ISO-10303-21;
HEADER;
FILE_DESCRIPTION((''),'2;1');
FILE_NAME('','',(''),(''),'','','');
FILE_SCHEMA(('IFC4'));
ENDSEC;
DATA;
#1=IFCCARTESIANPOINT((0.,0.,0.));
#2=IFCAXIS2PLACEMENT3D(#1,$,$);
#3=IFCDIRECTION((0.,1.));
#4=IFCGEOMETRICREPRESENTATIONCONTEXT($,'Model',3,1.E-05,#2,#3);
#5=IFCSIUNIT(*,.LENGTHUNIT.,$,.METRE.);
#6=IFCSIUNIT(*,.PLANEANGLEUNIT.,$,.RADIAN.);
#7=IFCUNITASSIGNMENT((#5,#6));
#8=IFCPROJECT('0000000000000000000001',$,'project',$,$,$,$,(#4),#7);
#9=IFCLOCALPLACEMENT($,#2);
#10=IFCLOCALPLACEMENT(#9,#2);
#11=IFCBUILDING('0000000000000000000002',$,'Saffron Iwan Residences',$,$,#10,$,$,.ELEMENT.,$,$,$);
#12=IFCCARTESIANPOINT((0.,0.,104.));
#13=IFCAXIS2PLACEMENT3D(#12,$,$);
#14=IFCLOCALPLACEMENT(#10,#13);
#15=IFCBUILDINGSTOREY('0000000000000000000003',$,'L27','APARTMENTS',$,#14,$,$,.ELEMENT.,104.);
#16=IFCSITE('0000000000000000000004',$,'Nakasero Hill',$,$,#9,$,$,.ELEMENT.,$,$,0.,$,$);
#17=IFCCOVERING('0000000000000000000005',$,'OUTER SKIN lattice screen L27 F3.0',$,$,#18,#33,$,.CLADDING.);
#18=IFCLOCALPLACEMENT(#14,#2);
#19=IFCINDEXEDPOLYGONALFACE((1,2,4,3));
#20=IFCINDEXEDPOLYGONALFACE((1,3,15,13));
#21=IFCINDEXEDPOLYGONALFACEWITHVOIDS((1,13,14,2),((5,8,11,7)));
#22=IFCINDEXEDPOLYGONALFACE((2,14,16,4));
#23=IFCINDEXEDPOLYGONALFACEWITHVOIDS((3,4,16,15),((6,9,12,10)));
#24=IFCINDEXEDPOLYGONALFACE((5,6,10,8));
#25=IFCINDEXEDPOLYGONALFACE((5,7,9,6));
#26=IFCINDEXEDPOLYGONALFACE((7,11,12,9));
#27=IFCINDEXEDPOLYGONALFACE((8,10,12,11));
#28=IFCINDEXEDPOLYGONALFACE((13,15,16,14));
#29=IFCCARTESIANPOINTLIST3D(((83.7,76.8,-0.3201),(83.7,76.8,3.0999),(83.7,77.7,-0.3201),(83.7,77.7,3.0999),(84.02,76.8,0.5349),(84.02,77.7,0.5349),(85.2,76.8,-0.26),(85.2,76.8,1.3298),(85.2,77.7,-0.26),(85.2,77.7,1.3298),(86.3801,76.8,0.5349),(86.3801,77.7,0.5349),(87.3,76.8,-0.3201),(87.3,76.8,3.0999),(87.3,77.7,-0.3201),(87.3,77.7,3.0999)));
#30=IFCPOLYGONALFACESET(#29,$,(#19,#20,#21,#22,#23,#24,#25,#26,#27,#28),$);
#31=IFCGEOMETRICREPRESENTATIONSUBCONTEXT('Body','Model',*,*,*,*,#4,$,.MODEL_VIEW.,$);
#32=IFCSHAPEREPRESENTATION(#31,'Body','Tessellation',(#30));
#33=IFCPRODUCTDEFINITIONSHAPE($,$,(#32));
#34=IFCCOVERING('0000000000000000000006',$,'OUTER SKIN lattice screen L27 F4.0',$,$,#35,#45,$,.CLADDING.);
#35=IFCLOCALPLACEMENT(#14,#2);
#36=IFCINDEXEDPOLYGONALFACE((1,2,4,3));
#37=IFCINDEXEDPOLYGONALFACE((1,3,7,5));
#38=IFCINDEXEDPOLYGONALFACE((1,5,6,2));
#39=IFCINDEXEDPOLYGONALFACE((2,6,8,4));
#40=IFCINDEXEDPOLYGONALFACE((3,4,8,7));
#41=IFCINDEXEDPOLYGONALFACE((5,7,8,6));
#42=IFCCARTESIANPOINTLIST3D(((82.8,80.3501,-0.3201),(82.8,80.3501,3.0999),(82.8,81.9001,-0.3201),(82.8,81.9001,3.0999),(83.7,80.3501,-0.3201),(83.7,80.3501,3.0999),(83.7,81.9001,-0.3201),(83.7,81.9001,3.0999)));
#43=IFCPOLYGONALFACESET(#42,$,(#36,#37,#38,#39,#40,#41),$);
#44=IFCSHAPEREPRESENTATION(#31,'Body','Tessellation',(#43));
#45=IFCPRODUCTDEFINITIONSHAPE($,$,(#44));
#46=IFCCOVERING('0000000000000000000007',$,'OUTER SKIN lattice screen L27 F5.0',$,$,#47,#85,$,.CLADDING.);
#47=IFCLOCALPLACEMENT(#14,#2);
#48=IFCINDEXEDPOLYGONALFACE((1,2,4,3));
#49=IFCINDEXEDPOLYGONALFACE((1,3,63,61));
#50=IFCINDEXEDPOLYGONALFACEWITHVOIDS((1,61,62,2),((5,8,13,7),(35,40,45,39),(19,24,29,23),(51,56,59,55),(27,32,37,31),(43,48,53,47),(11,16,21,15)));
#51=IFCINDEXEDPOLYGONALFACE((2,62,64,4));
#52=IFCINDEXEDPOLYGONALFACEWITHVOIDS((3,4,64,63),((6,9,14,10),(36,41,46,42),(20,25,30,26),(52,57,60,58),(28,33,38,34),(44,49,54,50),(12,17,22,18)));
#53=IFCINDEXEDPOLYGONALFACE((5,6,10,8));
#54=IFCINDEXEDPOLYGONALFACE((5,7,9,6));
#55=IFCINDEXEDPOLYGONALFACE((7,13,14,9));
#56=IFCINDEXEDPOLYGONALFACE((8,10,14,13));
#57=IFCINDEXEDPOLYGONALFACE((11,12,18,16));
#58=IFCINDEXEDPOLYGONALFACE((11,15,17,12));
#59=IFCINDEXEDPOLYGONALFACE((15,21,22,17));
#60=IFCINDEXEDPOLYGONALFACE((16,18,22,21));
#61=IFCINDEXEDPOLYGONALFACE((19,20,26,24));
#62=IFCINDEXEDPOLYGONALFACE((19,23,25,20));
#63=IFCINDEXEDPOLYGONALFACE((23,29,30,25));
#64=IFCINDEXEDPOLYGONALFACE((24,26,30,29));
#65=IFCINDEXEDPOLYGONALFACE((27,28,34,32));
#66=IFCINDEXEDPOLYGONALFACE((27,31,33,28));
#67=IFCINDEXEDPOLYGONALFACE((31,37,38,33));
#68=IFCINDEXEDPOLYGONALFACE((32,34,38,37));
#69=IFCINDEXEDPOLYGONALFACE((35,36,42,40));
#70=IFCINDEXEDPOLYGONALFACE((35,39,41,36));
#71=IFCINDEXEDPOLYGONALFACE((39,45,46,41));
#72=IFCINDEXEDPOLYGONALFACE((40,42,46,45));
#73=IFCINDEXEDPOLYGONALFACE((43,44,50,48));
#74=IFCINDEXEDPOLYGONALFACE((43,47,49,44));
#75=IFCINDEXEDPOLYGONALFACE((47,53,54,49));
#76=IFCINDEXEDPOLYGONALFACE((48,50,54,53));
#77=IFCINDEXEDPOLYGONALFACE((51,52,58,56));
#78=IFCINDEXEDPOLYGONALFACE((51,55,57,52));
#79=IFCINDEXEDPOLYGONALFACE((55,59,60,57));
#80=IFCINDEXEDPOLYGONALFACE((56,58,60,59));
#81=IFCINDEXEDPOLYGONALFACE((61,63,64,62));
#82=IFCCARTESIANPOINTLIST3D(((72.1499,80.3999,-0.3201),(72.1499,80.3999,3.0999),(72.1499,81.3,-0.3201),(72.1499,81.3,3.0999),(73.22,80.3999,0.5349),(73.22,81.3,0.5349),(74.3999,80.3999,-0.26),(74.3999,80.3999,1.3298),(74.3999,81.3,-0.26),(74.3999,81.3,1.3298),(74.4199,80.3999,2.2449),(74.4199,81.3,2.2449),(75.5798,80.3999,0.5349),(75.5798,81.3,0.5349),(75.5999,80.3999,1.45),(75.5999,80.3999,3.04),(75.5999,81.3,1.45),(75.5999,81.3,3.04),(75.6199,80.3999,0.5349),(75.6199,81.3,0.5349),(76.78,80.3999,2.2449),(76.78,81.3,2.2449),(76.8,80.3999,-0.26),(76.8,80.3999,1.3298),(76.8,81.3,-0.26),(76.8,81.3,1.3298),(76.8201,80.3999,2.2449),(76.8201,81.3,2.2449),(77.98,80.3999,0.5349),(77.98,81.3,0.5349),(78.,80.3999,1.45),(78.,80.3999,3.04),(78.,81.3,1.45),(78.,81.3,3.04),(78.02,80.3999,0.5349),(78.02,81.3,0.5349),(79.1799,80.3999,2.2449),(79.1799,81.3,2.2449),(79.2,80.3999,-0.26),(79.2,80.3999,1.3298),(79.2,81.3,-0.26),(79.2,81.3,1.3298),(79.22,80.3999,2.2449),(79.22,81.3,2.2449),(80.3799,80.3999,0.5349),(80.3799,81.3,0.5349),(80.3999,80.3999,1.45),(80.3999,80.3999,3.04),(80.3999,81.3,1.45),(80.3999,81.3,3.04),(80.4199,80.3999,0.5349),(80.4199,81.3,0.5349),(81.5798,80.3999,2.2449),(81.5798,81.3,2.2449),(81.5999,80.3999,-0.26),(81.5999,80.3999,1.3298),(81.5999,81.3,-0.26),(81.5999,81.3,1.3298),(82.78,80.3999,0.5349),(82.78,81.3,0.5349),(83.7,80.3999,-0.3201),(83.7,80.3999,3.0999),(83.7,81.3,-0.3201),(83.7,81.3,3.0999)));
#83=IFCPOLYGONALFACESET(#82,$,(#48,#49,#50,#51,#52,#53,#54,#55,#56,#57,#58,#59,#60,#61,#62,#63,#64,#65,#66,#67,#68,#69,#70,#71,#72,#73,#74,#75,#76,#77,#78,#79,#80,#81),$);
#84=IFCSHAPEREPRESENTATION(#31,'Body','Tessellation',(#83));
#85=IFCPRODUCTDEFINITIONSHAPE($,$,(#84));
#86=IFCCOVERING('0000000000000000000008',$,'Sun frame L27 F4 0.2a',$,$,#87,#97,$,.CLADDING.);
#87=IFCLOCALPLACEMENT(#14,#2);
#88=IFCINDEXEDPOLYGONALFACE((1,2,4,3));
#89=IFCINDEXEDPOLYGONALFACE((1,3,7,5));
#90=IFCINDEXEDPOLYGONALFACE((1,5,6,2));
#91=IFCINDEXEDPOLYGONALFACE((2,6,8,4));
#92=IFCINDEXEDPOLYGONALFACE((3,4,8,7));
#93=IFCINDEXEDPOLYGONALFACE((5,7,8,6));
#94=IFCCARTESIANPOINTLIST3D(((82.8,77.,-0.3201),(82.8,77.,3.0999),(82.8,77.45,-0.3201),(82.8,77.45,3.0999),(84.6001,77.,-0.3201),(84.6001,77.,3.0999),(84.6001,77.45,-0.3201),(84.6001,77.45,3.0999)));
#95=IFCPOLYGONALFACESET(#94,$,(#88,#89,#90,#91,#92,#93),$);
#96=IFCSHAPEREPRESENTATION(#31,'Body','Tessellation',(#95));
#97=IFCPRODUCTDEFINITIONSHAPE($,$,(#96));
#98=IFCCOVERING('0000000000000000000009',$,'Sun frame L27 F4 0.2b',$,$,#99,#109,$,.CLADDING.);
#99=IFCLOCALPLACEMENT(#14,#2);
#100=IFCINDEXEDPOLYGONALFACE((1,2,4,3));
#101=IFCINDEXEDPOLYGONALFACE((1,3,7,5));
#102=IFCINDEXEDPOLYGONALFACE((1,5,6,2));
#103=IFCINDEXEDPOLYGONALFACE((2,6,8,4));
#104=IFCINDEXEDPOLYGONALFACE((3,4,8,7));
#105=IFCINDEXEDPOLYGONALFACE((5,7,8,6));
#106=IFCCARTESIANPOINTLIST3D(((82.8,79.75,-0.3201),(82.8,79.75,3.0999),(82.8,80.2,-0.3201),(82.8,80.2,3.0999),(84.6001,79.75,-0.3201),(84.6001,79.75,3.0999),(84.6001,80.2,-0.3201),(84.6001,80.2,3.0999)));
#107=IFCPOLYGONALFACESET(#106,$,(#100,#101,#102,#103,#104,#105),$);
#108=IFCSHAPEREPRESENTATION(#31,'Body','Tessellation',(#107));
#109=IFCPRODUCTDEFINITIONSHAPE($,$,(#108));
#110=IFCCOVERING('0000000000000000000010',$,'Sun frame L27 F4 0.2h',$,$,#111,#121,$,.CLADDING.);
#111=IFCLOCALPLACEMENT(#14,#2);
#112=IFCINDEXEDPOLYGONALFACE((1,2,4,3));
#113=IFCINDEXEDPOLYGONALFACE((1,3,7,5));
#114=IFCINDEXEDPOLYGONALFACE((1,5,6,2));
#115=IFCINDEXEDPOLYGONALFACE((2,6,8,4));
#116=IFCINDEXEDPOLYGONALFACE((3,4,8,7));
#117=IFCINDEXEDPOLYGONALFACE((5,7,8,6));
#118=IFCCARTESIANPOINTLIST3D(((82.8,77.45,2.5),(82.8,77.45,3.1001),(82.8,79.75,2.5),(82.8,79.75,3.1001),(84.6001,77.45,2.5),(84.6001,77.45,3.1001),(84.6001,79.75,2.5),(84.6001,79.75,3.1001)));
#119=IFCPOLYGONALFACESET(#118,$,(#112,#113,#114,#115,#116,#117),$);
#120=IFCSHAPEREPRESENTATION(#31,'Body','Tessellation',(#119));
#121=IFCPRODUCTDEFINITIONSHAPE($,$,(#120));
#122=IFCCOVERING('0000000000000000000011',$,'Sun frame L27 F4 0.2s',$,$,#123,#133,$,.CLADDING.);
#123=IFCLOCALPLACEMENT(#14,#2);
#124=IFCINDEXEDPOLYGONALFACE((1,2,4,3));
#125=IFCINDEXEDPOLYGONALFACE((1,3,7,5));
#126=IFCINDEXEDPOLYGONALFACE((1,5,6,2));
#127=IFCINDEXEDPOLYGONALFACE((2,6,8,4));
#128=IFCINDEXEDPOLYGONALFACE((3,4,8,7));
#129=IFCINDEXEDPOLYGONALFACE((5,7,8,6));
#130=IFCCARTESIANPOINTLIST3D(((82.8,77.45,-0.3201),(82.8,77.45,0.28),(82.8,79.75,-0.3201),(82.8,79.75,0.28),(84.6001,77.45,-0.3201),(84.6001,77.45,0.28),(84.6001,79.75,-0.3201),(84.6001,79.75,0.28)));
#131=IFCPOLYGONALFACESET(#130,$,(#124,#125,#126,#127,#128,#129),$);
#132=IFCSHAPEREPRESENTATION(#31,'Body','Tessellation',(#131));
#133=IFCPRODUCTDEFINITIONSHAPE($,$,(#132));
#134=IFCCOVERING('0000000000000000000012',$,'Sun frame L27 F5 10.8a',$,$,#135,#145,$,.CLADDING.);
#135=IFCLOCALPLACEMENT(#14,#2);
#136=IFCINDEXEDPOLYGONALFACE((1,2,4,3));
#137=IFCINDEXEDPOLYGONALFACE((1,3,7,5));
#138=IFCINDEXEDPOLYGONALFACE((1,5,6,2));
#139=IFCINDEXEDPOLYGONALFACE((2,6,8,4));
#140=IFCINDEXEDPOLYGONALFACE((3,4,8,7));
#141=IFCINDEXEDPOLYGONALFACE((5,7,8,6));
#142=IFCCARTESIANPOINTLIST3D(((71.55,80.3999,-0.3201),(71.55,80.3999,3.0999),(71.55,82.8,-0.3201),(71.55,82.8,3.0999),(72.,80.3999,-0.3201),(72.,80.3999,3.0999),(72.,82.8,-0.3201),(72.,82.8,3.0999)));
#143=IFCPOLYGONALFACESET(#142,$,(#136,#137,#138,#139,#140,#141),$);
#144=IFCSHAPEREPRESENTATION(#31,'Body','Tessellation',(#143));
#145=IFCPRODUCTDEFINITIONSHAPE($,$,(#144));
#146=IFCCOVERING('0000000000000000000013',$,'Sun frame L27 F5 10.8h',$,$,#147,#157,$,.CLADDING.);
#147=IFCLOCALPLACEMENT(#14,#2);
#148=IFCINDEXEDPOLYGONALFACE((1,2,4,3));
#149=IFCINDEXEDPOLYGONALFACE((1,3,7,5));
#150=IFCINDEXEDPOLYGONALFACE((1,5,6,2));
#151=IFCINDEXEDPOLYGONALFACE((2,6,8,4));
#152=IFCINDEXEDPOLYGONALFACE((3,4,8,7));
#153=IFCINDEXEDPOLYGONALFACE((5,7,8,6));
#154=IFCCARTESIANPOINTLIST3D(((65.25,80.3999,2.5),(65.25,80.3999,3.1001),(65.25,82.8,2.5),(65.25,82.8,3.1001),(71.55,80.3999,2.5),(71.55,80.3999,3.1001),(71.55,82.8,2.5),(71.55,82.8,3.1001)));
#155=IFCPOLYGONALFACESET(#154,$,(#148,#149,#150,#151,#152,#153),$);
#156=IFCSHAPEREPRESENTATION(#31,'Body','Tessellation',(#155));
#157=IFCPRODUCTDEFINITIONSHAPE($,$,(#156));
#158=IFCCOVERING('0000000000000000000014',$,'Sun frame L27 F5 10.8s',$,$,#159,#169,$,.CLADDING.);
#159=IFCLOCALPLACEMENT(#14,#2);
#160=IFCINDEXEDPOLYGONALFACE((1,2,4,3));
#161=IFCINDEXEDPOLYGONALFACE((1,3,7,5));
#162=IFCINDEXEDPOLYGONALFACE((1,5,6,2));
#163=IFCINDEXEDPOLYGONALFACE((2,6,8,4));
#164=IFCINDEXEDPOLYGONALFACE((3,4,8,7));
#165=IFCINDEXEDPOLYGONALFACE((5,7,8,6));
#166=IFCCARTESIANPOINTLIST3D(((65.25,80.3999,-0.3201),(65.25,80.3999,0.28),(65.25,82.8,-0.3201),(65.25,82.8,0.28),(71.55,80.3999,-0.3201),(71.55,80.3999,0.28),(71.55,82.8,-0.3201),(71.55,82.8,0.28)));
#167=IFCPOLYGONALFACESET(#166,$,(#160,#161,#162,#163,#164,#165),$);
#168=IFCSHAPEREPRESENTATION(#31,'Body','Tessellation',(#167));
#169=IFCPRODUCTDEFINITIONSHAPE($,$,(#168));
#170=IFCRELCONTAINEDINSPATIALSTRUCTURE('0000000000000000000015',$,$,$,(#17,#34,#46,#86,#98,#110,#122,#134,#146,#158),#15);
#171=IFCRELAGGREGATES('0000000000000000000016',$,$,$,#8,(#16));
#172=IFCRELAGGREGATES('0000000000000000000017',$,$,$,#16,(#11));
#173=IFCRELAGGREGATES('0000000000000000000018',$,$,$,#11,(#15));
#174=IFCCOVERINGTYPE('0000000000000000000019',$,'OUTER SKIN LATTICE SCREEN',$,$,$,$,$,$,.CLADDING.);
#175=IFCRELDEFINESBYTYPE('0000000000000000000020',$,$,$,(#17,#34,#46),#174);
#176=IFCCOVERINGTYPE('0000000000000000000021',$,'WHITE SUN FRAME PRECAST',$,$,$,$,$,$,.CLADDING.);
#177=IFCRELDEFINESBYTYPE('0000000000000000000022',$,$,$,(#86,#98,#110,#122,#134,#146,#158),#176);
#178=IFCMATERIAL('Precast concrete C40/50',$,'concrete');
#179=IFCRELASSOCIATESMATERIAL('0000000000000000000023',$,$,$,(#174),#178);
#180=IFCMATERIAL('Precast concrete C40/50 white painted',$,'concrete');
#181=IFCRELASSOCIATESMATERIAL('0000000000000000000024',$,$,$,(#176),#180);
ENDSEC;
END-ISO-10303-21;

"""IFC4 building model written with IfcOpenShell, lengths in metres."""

from ifc_helpers import new_model, si_unit, direction, frame, origin, place, context, subcontext, project, spatial, polyline, outline, extrude, material, type_object, element, save


model = new_model("IFC4")

# Units and contexts
model_context = context("Model", 3, precision=1e-05, world=origin(), true_north=direction((0.0, 1.0)))
body_context = subcontext(model_context, "Body", "Model", "MODEL_VIEW")
ifc_project = project(units=[si_unit("LENGTHUNIT", "METRE"), si_unit("PLANEANGLEUNIT", "RADIAN")], contexts=[model_context])

# Site, building, storey
site_placement = place(None, origin())
site = spatial("IfcSite", under=ifc_project, at=site_placement, Name="Nakasero Hill", CompositionType="ELEMENT", RefElevation=0.0)
building_placement = place(site_placement, origin())
building = spatial("IfcBuilding", under=site, at=building_placement, Name="Saffron Iwan Residences", CompositionType="ELEMENT")
storey_placement = place(building_placement, frame((0.0, 0.0, 104.0)))
storey = spatial("IfcBuildingStorey", under=building, at=storey_placement, Name="L27", Description="APARTMENTS", CompositionType="ELEMENT", Elevation=104.0)

# Coverings
ifc_material_1 = material(Name="Precast concrete C40/50", Category="concrete")
covering_type_1 = type_object("IfcCoveringType", Name="OUTER SKIN LATTICE SCREEN", PredefinedType="CLADDING", material=ifc_material_1)
covering_1_placement = place(storey_placement, frame((87.3, 76.8, -0.3201), z_axis=(0.0, 1.0, 0.0), x_axis=(-1.0, 0.0, 0.0)))
element("IfcCovering", 1, at=covering_1_placement, inside=storey, type_object=covering_type_1, Name="OUTER SKIN lattice screen L27 F3.0", PredefinedType="CLADDING", context=body_context, shape_type="SweptSolid", body=[
    extrude(outline(polyline([(0.0, 0.0), (3.6001, 0.0), (3.6001, 3.4199), (0.0, 3.4199), (0.0, 0.0)]), holes=[polyline([(0.9199, 0.855), (2.1001, 0.0601), (3.28, 0.855), (2.1001, 1.6499), (0.9199, 0.855)])]), origin(), (0.0, 0.0, 1.0), 0.8999),
])
covering_2_placement = place(storey_placement, frame((82.8, 80.3501, -0.3201), z_axis=(1.0, 0.0, 0.0), x_axis=(0.0, 1.0, 0.0)))
element("IfcCovering", 2, at=covering_2_placement, inside=storey, type_object=covering_type_1, Name="OUTER SKIN lattice screen L27 F4.0", PredefinedType="CLADDING", context=body_context, shape_type="SweptSolid", body=[
    extrude(outline(polyline([(0.0, 0.0), (1.55, 0.0), (1.55, 3.4199), (0.0, 3.4199), (0.0, 0.0)])), origin(), (0.0, 0.0, 1.0), 0.8999),
])
covering_3_placement = place(storey_placement, frame((83.7, 80.3999, -0.3201), z_axis=(0.0, 1.0, 0.0), x_axis=(-1.0, 0.0, 0.0)))
element("IfcCovering", 3, at=covering_3_placement, inside=storey, type_object=covering_type_1, Name="OUTER SKIN lattice screen L27 F5.0", PredefinedType="CLADDING", context=body_context, shape_type="SweptSolid", body=[
    extrude(outline(polyline([(0.0, 0.0), (11.55, 0.0), (11.55, 3.4199), (0.0, 3.4199), (0.0, 0.0)]), holes=[polyline([(0.9199, 0.855), (2.1001, 0.0601), (3.28, 0.855), (2.1001, 1.6499), (0.9199, 0.855)]), polyline([(3.3201, 0.855), (4.5, 0.0601), (5.6799, 0.855), (4.5, 1.6499), (3.3201, 0.855)]), polyline([(5.72, 0.855), (6.8999, 0.0601), (8.0801, 0.855), (6.8999, 1.6499), (5.72, 0.855)]), polyline([(8.1201, 0.855), (9.3, 0.0601), (10.48, 0.855), (9.3, 1.6499), (8.1201, 0.855)]), polyline([(2.1201, 2.5649), (3.3, 1.77), (4.48, 2.5649), (3.3, 3.3601), (2.1201, 2.5649)]), polyline([(4.52, 2.5649), (5.7, 1.77), (6.8799, 2.5649), (5.7, 3.3601), (4.52, 2.5649)]), polyline([(6.9199, 2.5649), (8.1001, 1.77), (9.28, 2.5649), (8.1001, 3.3601), (6.9199, 2.5649)])]), origin(), (0.0, 0.0, 1.0), 0.9001),
])
ifc_material_2 = material(Name="Precast concrete C40/50 white painted", Category="concrete")
covering_type_2 = type_object("IfcCoveringType", Name="WHITE SUN FRAME PRECAST", PredefinedType="CLADDING", material=ifc_material_2)
for number, where, z_axis, x_axis, name in (
    (4, (82.8, 77.0, -0.3201), (1.0, 0.0, 0.0), (0.0, 1.0, 0.0), "Sun frame L27 F4 0.2a"),
    (5, (82.8, 79.75, -0.3201), (1.0, 0.0, 0.0), (0.0, 1.0, 0.0), "Sun frame L27 F4 0.2b"),
):
    element("IfcCovering", number, at=place(storey_placement, frame(where, z_axis=z_axis, x_axis=x_axis)), inside=storey, type_object=covering_type_2, Name=name, PredefinedType="CLADDING", context=body_context, shape_type="SweptSolid", body=[
        extrude(outline(polyline([(0.0, 0.0), (0.45, 0.0), (0.45, 3.4199), (0.0, 3.4199), (0.0, 0.0)])), origin(), (0.0, 0.0, 1.0), 1.8),
    ])
for number, where, z_axis, x_axis, name in (
    (6, (82.8, 77.45, 2.5), (1.0, 0.0, 0.0), (0.0, 1.0, 0.0), "Sun frame L27 F4 0.2h"),
    (7, (82.8, 77.45, -0.3201), (1.0, 0.0, 0.0), (0.0, 1.0, 0.0), "Sun frame L27 F4 0.2s"),
):
    element("IfcCovering", number, at=place(storey_placement, frame(where, z_axis=z_axis, x_axis=x_axis)), inside=storey, type_object=covering_type_2, Name=name, PredefinedType="CLADDING", context=body_context, shape_type="SweptSolid", body=[
        extrude(outline(polyline([(0.0, 0.0), (2.3, 0.0), (2.3, 0.6001), (0.0, 0.6001), (0.0, 0.0)])), origin(), (0.0, 0.0, 1.0), 1.8),
    ])
covering_4_placement = place(storey_placement, frame((72.0, 80.3999, -0.3201), z_axis=(0.0, 1.0, 0.0), x_axis=(-1.0, 0.0, 0.0)))
element("IfcCovering", 8, at=covering_4_placement, inside=storey, type_object=covering_type_2, Name="Sun frame L27 F5 10.8a", PredefinedType="CLADDING", context=body_context, shape_type="SweptSolid", body=[
    extrude(outline(polyline([(0.0, 0.0), (0.45, 0.0), (0.45, 3.4199), (0.0, 3.4199), (0.0, 0.0)])), origin(), (0.0, 0.0, 1.0), 2.4001),
])
for number, where, z_axis, x_axis, name in (
    (9, (71.55, 80.3999, 2.5), (0.0, 1.0, 0.0), (-1.0, 0.0, 0.0), "Sun frame L27 F5 10.8h"),
    (10, (71.55, 80.3999, -0.3201), (0.0, 1.0, 0.0), (-1.0, 0.0, 0.0), "Sun frame L27 F5 10.8s"),
):
    element("IfcCovering", number, at=place(storey_placement, frame(where, z_axis=z_axis, x_axis=x_axis)), inside=storey, type_object=covering_type_2, Name=name, PredefinedType="CLADDING", context=body_context, shape_type="SweptSolid", body=[
        extrude(outline(polyline([(0.0, 0.0), (6.3, 0.0), (6.3, 0.6001), (0.0, 0.6001), (0.0, 0.0)])), origin(), (0.0, 0.0, 1.0), 2.4001),
    ])

save(model, "model.ifc")
